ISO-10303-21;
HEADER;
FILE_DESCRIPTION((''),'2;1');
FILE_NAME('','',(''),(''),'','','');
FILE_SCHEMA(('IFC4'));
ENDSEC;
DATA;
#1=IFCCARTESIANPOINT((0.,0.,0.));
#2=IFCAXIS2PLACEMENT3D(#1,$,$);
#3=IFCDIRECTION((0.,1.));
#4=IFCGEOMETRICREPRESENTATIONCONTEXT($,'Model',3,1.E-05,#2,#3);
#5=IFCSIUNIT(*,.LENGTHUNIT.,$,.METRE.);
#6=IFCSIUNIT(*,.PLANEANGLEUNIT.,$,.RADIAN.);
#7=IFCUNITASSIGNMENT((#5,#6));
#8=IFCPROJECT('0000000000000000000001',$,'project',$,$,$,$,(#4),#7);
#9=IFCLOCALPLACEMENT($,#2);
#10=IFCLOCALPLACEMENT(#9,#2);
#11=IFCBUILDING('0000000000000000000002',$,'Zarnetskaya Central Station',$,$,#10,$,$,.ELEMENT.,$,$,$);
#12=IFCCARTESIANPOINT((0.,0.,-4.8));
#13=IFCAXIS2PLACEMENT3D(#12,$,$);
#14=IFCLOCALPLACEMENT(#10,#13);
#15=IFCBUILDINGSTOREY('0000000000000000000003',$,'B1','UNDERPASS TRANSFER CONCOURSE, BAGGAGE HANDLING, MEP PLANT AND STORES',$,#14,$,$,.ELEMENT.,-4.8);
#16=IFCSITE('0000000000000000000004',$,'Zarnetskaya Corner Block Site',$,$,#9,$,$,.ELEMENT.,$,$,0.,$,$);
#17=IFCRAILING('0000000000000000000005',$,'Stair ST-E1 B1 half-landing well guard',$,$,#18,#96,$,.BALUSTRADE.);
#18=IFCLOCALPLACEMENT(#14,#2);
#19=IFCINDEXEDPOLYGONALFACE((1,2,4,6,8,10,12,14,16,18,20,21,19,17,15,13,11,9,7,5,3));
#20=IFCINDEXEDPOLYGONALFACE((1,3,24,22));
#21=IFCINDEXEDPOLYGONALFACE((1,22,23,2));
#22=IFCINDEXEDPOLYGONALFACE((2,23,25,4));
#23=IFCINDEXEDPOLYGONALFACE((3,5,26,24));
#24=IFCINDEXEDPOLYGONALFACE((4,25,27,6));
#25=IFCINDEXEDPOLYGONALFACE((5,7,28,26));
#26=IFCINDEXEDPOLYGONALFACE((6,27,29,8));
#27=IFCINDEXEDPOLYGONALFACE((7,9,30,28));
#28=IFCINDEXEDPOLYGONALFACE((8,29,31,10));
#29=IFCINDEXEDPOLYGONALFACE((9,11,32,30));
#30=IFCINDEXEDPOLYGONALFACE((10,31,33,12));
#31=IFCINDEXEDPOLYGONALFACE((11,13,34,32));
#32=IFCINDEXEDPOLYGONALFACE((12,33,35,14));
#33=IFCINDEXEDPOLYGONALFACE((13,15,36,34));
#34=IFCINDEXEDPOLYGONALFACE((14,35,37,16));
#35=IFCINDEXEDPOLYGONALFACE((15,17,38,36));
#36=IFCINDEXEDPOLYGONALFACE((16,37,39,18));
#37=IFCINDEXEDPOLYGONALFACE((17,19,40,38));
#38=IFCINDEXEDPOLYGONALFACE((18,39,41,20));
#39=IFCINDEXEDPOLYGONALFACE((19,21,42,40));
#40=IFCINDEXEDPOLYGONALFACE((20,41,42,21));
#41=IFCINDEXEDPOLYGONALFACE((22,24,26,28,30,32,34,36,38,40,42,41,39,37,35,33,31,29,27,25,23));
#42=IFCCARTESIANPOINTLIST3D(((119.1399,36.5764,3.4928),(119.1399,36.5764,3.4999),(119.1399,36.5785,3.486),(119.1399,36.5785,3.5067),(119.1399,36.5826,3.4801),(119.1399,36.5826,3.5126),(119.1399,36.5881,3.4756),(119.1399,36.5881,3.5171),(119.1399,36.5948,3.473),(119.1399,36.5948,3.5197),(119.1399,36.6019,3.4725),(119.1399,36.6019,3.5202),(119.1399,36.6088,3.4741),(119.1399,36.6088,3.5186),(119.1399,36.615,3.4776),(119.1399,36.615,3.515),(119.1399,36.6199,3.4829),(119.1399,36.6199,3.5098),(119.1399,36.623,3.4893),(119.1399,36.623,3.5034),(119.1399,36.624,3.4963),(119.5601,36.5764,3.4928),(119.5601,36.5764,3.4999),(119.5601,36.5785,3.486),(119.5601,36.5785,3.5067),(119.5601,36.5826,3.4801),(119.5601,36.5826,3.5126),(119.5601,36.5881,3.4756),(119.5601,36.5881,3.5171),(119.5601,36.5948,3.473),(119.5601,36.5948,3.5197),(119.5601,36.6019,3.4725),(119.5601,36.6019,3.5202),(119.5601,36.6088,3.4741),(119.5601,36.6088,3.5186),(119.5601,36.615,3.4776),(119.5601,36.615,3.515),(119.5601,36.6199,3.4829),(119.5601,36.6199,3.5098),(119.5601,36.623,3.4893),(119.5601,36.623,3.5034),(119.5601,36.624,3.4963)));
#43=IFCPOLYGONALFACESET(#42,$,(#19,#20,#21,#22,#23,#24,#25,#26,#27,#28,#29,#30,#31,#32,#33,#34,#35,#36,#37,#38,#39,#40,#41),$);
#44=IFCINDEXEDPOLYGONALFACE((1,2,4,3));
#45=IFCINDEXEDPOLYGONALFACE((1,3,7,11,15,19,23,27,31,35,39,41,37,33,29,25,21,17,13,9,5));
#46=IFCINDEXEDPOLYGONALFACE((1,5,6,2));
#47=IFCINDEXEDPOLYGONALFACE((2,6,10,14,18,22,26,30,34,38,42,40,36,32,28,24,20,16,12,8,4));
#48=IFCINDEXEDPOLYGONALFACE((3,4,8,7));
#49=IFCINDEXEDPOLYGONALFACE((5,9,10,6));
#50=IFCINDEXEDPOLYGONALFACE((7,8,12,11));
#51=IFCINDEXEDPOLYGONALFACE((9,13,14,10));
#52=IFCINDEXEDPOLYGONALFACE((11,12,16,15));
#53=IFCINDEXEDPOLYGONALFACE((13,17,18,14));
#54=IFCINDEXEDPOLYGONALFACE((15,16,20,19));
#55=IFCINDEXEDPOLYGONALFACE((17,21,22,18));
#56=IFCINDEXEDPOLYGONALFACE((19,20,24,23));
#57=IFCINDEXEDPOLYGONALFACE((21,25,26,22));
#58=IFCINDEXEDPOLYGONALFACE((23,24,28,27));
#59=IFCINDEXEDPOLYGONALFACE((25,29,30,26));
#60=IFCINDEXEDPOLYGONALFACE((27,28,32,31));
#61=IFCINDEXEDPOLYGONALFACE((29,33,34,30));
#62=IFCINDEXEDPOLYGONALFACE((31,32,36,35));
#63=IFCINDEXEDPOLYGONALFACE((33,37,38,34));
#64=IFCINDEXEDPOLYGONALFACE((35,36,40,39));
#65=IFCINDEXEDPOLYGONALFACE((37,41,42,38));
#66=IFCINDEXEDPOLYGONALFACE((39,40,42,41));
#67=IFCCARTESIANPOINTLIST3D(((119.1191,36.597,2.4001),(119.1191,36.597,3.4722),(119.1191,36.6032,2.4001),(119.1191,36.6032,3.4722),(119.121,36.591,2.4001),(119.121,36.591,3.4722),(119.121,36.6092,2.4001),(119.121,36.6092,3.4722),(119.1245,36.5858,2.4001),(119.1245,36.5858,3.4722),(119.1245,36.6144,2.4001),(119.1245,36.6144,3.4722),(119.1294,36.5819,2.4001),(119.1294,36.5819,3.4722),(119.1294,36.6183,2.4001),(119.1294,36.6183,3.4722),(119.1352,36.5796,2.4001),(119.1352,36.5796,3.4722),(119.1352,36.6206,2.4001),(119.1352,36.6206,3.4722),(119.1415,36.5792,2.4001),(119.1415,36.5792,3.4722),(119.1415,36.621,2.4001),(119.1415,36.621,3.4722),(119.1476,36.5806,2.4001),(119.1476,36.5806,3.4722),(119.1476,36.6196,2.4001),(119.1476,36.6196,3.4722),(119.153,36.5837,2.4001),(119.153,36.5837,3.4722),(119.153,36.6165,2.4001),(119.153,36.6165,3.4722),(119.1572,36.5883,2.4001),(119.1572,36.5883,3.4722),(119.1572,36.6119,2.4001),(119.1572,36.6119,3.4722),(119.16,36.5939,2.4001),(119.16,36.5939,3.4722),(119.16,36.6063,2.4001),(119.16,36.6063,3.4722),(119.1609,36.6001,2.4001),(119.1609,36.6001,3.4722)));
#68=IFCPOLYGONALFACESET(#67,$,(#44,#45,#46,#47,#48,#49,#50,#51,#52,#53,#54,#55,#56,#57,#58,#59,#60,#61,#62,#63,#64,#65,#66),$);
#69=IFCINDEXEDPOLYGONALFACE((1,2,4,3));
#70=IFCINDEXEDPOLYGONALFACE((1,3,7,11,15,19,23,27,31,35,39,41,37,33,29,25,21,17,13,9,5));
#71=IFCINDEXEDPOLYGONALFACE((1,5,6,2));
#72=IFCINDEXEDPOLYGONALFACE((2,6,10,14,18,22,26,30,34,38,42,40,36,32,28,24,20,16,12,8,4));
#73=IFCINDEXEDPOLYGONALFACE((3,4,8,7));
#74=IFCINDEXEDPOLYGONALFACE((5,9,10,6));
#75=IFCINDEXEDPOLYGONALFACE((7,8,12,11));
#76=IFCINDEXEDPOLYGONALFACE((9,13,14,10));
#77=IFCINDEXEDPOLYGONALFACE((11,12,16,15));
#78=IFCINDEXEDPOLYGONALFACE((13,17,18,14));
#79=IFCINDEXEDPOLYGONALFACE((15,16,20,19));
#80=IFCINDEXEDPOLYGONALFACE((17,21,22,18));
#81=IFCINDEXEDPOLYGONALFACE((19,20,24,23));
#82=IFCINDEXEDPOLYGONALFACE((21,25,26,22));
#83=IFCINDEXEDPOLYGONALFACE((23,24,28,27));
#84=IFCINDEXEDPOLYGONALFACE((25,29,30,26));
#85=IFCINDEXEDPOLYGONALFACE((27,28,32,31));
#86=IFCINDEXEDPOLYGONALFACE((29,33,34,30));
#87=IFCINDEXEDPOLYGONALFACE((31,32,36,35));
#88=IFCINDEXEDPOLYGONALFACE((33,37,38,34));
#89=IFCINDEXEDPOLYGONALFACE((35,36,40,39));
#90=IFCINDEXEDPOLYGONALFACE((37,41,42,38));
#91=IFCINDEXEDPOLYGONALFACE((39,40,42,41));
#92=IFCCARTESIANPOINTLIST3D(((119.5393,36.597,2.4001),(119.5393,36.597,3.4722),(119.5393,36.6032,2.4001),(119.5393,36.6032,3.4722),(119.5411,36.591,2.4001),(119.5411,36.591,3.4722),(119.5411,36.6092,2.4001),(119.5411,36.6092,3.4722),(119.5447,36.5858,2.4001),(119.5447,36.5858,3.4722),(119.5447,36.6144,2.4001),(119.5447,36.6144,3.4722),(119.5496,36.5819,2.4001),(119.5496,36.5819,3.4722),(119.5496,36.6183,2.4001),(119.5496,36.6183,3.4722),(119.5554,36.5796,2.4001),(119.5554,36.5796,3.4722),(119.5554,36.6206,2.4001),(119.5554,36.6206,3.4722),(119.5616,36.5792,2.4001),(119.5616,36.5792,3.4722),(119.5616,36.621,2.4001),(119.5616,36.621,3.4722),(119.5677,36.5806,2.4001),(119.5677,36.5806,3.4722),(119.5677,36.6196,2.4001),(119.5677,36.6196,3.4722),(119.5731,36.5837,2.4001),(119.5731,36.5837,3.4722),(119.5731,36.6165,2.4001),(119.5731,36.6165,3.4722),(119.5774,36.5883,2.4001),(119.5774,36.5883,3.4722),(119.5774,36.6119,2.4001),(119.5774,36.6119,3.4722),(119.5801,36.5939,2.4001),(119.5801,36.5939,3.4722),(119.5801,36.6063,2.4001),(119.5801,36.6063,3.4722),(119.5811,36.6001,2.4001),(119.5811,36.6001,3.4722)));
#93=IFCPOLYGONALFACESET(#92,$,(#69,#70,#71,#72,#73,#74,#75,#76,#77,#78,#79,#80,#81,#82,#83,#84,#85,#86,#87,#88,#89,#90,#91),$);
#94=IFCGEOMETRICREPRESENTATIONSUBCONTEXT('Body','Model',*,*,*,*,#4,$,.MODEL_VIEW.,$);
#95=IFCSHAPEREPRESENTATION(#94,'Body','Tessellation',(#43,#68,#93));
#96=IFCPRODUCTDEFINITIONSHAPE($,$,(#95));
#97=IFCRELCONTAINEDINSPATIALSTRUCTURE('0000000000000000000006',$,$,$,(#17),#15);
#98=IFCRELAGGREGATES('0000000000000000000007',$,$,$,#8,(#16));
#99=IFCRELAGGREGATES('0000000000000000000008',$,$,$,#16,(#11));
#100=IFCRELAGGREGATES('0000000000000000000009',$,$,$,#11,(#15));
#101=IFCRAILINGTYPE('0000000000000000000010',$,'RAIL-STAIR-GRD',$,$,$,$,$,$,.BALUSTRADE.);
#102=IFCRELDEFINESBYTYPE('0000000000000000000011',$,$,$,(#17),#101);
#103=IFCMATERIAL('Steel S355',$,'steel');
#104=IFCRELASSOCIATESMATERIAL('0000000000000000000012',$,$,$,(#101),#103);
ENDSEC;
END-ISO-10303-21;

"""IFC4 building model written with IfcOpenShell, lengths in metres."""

from ifc_helpers import new_model, si_unit, direction, frame, origin, origin_2d, place, context, subcontext, project, spatial, circle, extrude, material, type_object, element, save


model = new_model("IFC4")

# Units and contexts
model_context = context("Model", 3, precision=1e-05, world=origin(), true_north=direction((0.0, 1.0)))
body_context = subcontext(model_context, "Body", "Model", "MODEL_VIEW")
ifc_project = project(units=[si_unit("LENGTHUNIT", "METRE"), si_unit("PLANEANGLEUNIT", "RADIAN")], contexts=[model_context])

# Site, building, storey
site_placement = place(None, origin())
site = spatial("IfcSite", under=ifc_project, at=site_placement, Name="Zarnetskaya Corner Block Site", CompositionType="ELEMENT", RefElevation=0.0)
building_placement = place(site_placement, origin())
building = spatial("IfcBuilding", under=site, at=building_placement, Name="Zarnetskaya Central Station", CompositionType="ELEMENT")
storey_placement = place(building_placement, frame((0.0, 0.0, -4.8)))
storey = spatial("IfcBuildingStorey", under=building, at=storey_placement, Name="B1", Description="UNDERPASS TRANSFER CONCOURSE, BAGGAGE HANDLING, MEP PLANT AND STORES", CompositionType="ELEMENT", Elevation=-4.8)

# Railing
ifc_material_1 = material(Name="Steel S355", Category="steel")
railing_type_1 = type_object("IfcRailingType", Name="RAIL-STAIR-GRD", PredefinedType="BALUSTRADE", material=ifc_material_1)
railing_1_placement = place(storey_placement, frame((119.1399, 36.6001, 2.4001)))
element("IfcRailing", 1, at=railing_1_placement, inside=storey, type_object=railing_type_1, Name="Stair ST-E1 B1 half-landing well guard", PredefinedType="BALUSTRADE", context=body_context, shape_type="SweptSolid", body=[
    extrude(circle(Radius=0.0239, at=origin_2d()), frame((0.0, 0.0, 1.0962), z_axis=(1.0, 0.0, 0.0), x_axis=(0.0, 1.0, 0.0)), (0.0, 0.0, 1.0), 0.4202),
    extrude(circle(Radius=0.021, at=origin_2d()), origin(), (0.0, 0.0, 1.0), 1.072),
    extrude(circle(Radius=0.021, at=origin_2d()), frame((0.4202, 0.0, 0.0)), (0.0, 0.0, 1.0), 1.072),
])

save(model, "model.ifc")
